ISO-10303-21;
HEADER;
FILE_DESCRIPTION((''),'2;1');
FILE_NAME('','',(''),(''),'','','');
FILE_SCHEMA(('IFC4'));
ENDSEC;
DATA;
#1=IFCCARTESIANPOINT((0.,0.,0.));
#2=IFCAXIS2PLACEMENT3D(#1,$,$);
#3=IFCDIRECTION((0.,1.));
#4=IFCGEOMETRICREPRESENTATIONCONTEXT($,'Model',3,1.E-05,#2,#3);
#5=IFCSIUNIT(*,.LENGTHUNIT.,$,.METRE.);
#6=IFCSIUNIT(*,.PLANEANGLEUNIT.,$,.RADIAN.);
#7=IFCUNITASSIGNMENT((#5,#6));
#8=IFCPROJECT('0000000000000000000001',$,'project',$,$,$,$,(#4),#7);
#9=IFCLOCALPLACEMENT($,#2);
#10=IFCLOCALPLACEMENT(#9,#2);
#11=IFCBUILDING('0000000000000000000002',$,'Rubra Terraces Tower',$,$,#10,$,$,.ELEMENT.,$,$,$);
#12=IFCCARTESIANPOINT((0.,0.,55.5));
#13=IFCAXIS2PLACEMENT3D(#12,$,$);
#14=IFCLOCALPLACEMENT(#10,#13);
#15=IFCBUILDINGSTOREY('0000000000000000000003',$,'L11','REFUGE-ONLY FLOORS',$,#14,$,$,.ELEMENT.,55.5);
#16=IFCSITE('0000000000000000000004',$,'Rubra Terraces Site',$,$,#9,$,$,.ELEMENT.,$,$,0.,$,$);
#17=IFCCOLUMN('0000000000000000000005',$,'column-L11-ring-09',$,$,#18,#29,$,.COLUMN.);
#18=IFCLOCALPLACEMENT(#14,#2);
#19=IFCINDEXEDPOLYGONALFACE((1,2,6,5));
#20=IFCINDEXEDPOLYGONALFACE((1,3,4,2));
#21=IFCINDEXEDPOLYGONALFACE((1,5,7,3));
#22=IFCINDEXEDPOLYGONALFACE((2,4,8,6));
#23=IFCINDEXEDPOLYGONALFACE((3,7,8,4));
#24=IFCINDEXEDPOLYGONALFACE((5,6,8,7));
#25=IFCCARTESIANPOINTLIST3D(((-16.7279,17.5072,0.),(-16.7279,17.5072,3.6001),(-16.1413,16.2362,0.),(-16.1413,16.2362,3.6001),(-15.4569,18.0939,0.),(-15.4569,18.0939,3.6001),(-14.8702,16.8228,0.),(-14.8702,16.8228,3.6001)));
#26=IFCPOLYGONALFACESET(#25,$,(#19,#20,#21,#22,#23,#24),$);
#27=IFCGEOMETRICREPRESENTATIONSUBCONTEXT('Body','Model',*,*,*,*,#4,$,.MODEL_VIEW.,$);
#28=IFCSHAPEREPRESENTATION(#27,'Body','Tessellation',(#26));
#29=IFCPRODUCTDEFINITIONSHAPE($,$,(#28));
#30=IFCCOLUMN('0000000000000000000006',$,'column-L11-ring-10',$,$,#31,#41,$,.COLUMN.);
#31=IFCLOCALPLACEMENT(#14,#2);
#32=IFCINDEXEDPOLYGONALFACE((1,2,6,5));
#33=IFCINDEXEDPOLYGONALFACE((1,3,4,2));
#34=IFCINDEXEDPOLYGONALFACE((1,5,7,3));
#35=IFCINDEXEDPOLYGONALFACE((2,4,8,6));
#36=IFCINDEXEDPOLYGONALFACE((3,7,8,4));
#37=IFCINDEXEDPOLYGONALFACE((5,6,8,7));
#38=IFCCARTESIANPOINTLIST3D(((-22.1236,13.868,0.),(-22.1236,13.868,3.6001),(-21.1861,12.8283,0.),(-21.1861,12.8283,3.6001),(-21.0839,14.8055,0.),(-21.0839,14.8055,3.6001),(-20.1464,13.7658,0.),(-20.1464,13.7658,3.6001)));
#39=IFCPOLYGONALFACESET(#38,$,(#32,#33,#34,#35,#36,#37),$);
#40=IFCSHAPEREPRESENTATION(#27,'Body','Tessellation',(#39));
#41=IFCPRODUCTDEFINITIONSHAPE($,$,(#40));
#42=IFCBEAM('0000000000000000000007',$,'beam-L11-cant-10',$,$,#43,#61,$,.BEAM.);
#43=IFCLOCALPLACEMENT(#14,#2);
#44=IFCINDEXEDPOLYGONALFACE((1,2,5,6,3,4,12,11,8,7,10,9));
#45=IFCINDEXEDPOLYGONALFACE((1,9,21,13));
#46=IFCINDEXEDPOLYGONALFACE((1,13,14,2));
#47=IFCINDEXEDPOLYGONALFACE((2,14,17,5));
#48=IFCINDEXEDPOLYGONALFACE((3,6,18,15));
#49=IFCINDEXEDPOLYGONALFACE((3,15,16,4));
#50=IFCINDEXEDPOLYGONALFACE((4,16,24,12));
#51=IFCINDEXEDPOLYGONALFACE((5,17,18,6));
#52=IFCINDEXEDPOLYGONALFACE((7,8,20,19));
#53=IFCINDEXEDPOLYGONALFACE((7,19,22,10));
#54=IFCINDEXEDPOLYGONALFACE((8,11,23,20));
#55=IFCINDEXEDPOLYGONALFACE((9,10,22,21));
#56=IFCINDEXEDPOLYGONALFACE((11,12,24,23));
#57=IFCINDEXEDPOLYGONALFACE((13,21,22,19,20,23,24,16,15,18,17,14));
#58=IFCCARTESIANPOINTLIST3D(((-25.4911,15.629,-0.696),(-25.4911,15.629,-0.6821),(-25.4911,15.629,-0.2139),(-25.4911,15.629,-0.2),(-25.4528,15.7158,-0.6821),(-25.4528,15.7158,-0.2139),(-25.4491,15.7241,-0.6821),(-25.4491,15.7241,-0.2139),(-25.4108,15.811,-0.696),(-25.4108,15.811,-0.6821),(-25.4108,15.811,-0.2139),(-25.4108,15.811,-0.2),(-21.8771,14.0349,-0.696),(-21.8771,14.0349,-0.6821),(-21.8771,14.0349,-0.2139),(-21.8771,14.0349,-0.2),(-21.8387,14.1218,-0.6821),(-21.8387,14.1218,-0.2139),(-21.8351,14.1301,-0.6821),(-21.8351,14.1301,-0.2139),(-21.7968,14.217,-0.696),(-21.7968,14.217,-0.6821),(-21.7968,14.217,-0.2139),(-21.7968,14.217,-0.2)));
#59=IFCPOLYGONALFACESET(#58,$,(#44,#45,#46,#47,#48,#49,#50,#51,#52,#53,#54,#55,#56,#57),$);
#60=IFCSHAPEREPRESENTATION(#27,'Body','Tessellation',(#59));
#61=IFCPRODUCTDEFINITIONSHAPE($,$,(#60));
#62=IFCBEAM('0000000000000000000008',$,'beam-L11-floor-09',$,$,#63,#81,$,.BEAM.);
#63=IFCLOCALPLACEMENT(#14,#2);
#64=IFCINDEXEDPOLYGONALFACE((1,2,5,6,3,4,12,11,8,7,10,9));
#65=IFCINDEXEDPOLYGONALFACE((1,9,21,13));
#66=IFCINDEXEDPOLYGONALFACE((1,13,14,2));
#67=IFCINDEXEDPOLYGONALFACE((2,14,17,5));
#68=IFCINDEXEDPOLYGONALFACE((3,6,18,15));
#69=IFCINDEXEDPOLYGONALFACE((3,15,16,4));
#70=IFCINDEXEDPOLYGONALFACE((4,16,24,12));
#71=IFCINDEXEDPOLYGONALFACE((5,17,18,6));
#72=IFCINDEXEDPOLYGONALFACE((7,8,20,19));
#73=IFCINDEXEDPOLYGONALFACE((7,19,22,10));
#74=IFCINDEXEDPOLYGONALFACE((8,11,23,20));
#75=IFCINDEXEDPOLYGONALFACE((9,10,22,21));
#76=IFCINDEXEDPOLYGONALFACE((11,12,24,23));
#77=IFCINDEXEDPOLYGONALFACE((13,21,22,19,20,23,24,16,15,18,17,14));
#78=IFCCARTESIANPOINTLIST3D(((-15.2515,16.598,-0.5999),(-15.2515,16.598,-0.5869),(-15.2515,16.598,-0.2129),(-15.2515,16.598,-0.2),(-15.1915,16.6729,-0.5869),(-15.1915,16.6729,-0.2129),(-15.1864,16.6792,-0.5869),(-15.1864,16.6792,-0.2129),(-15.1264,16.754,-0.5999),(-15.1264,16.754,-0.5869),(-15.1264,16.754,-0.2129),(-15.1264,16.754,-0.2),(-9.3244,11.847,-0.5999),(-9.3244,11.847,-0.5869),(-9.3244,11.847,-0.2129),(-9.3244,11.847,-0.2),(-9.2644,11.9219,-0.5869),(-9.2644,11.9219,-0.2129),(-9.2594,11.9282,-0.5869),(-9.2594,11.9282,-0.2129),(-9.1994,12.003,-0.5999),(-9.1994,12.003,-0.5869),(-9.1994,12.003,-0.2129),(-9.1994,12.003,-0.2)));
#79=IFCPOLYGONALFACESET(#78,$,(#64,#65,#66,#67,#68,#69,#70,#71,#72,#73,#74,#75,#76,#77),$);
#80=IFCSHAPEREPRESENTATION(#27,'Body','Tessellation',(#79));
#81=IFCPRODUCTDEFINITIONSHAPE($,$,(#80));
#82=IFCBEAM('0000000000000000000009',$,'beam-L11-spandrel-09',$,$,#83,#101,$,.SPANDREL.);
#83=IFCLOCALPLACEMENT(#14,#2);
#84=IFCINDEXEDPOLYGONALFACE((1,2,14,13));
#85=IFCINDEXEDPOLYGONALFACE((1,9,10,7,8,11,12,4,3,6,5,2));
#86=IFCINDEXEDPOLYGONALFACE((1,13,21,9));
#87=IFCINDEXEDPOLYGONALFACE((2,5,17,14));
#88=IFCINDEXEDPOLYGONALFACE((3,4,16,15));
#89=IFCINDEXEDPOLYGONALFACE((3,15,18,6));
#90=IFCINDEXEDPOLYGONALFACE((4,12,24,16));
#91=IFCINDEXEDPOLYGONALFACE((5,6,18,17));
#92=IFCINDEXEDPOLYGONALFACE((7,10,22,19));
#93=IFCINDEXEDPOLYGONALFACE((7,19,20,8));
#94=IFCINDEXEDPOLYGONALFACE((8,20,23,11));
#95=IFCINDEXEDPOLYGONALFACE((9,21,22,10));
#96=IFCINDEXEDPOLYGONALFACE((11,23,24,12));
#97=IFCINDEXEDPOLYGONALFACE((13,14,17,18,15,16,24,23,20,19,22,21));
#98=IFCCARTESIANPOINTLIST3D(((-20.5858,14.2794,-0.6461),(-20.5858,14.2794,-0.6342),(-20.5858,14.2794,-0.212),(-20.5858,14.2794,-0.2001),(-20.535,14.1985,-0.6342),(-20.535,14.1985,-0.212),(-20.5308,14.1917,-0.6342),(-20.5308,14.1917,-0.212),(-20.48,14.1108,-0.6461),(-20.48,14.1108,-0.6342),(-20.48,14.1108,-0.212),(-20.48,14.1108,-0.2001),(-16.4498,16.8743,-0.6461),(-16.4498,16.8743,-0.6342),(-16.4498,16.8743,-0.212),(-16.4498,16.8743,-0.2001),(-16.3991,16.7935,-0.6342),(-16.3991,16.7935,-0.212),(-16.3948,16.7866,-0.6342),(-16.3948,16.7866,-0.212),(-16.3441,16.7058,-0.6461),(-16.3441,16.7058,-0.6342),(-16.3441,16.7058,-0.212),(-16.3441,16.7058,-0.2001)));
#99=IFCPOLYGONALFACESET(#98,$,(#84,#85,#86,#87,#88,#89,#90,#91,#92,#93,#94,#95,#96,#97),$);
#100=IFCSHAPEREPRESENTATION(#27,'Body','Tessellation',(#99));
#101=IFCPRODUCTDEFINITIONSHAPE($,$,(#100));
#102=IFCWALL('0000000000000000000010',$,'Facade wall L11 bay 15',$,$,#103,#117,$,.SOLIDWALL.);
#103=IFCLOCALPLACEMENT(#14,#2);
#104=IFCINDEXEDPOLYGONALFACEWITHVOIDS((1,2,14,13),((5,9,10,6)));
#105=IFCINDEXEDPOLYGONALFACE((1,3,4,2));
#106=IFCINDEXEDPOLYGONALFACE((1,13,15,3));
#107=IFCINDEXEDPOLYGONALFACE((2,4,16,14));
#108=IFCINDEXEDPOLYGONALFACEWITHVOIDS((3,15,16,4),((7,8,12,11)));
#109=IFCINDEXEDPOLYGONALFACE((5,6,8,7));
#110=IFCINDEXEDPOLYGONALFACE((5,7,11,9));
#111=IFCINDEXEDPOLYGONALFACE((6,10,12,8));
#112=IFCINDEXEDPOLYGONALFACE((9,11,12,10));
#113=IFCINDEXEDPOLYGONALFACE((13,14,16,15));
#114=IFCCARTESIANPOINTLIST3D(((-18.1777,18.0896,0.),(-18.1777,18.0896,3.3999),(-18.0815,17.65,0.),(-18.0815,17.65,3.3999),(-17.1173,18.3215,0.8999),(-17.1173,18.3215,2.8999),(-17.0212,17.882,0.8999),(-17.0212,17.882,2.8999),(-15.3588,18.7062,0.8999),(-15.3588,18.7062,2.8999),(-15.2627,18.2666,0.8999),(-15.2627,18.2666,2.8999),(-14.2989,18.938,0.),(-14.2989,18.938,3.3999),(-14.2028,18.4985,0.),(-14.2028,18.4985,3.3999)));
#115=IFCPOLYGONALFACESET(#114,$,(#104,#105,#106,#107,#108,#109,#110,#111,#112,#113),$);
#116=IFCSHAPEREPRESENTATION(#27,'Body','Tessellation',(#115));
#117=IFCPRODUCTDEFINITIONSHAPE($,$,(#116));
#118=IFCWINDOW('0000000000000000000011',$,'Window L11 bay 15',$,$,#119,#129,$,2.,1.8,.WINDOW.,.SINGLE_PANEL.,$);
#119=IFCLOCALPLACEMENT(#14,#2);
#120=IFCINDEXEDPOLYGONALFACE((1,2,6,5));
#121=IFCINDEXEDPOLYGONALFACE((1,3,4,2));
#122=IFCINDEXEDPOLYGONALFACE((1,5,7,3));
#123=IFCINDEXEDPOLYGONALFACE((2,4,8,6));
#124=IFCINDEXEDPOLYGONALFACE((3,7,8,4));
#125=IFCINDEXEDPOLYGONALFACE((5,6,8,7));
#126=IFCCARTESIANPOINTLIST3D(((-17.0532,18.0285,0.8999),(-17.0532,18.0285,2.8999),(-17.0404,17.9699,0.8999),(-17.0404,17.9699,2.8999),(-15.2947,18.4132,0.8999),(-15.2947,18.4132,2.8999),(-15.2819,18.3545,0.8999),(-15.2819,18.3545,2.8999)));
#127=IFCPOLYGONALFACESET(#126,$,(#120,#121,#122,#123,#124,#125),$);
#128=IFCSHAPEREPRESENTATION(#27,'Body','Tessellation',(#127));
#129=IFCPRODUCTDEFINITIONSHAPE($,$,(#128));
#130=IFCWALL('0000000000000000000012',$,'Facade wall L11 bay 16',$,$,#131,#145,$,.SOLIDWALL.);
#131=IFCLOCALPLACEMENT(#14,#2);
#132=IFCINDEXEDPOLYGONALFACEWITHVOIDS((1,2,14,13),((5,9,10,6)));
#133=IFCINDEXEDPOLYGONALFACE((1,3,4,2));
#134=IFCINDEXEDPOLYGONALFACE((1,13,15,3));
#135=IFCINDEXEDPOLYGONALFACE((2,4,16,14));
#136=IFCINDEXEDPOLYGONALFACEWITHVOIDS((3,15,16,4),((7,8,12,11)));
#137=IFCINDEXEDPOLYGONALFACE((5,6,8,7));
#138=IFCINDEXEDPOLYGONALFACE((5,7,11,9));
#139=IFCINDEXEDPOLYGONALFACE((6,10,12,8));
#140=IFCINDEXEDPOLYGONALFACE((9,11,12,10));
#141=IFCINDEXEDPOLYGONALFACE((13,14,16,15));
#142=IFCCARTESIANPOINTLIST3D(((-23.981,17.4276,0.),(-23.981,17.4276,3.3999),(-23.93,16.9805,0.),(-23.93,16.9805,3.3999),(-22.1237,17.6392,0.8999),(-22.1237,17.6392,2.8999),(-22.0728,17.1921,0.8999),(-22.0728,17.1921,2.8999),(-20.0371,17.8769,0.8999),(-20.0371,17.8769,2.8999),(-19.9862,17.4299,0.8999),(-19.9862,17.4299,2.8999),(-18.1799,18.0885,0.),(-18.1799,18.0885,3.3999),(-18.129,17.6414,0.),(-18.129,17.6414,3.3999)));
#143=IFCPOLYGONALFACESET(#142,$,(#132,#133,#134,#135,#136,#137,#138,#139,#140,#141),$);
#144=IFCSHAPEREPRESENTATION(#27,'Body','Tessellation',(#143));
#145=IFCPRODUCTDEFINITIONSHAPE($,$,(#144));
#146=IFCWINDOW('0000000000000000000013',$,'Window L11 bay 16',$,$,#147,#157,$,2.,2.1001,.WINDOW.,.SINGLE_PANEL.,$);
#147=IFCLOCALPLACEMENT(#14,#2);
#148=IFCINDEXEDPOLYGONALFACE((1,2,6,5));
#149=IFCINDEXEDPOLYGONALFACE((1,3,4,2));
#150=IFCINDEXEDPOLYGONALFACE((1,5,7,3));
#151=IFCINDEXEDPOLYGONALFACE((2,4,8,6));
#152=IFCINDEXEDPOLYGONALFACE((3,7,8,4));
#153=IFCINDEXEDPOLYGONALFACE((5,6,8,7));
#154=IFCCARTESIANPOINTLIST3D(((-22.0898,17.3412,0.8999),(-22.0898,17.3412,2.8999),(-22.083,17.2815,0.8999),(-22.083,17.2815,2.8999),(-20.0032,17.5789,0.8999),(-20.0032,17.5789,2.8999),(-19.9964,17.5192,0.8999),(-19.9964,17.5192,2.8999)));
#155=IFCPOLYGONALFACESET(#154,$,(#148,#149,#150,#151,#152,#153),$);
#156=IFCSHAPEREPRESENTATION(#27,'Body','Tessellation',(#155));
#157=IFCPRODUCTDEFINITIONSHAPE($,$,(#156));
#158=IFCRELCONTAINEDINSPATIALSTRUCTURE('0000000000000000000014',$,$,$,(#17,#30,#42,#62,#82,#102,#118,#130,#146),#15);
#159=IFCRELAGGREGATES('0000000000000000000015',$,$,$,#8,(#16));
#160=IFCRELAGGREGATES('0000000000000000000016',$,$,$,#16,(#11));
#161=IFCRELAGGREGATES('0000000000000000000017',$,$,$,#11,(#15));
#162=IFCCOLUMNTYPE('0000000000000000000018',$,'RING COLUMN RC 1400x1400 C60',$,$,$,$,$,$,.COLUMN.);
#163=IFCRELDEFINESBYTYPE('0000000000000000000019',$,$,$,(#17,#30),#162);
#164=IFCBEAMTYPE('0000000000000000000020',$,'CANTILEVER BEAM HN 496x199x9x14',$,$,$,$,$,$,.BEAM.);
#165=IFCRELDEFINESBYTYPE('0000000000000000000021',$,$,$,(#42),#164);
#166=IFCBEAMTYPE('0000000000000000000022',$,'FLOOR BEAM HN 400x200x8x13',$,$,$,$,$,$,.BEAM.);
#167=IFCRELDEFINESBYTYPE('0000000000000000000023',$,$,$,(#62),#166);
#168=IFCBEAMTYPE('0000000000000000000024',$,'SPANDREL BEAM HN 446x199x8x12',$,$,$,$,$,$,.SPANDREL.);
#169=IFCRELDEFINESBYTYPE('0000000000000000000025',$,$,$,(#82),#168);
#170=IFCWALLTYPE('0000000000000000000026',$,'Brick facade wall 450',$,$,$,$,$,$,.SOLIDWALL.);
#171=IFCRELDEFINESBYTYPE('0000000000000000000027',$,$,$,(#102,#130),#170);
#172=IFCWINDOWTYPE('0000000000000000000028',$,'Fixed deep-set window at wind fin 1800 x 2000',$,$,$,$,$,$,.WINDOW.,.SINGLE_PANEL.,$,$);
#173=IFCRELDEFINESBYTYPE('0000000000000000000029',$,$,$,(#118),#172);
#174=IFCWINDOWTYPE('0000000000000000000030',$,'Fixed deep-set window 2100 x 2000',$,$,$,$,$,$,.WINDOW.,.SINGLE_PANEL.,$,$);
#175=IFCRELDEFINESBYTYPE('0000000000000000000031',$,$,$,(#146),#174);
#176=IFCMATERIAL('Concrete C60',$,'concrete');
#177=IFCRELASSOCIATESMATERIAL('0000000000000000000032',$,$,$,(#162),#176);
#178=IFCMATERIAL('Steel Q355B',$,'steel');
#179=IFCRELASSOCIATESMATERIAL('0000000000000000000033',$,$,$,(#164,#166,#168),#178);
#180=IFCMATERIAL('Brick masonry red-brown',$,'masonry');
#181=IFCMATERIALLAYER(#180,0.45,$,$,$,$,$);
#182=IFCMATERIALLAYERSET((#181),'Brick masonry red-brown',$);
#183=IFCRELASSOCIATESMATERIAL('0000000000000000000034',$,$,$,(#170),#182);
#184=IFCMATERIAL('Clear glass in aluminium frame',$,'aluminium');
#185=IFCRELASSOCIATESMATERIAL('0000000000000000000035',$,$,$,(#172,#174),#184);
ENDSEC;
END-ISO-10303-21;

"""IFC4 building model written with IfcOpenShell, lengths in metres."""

from ifc_helpers import new_model, si_unit, direction, frame, frame_2d, origin, origin_2d, place, context, subcontext, project, spatial, rectangle, i_section, extrude, material, layer, layer_set, material_profile, profile_set, type_object, element, fill, save


model = new_model("IFC4")

# Units and contexts
model_context = context("Model", 3, precision=1e-05, world=origin(), true_north=direction((0.0, 1.0)))
body_context = subcontext(model_context, "Body", "Model", "MODEL_VIEW")
ifc_project = project(units=[si_unit("LENGTHUNIT", "METRE"), si_unit("PLANEANGLEUNIT", "RADIAN")], contexts=[model_context])

# Site, building, storey
site_placement = place(None, origin())
site = spatial("IfcSite", under=ifc_project, at=site_placement, Name="Rubra Terraces Site", CompositionType="ELEMENT", RefElevation=0.0)
building_placement = place(site_placement, origin())
building = spatial("IfcBuilding", under=site, at=building_placement, Name="Rubra Terraces Tower", CompositionType="ELEMENT")
storey_placement = place(building_placement, frame((0.0, 0.0, 55.5)))
storey = spatial("IfcBuildingStorey", under=building, at=storey_placement, Name="L11", Description="REFUGE-ONLY FLOORS", CompositionType="ELEMENT", Elevation=55.5)

# Columns
ifc_material_1 = material(Name="Concrete C60", Category="concrete")
ifc_material_profile_1 = material_profile(ifc_material_1, rectangle(XDim=1.3999, YDim=1.3999, at=origin_2d()), Name="RC 1400x1400")
ifc_profile_set_1 = profile_set([ifc_material_profile_1], Name="Concrete C60")
column_type = type_object("IfcColumnType", Name="RING COLUMN RC 1400x1400 C60", PredefinedType="COLUMN", material=ifc_profile_set_1)
for number, where, z_axis, x_axis, name in (
    (1, (-15.7991, 17.165, 0.0), (0.0, 0.0, 1.0), (-0.907952, -0.419073, 0.0), "column-L11-ring-09"),
    (2, (-21.135, 13.8169, 0.0), (0.0, 0.0, 1.0), (-0.742676, -0.669651, 0.0), "column-L11-ring-10"),
):
    element("IfcColumn", number, at=place(storey_placement, frame(where, z_axis=z_axis, x_axis=x_axis)), inside=storey, type_object=column_type, Name=name, PredefinedType="COLUMN", context=body_context, shape_type="SweptSolid", body=[
        extrude(rectangle(XDim=1.3999, YDim=1.3999, at=origin_2d()), origin(), (0.0, 0.0, 1.0), 3.6001),
    ])

# Beams
ifc_material_2 = material(Name="Steel Q355B", Category="steel")
ifc_material_profile_2 = material_profile(ifc_material_2, i_section(OverallWidth=0.199, OverallDepth=0.4961, WebThickness=0.009, FlangeThickness=0.0139, at=origin_2d()), Name="HN 496x199x9x14")
ifc_profile_set_2 = profile_set([ifc_material_profile_2], Name="Steel Q355B")
beam_type_1 = type_object("IfcBeamType", Name="CANTILEVER BEAM HN 496x199x9x14", PredefinedType="BEAM", material=ifc_profile_set_2)
beam_1_placement = place(storey_placement, frame((-21.8369, 14.126, -0.448), z_axis=(-0.914957, 0.40355, 0.0), x_axis=(-0.40355, -0.914957, 0.0)))
element("IfcBeam", 3, at=beam_1_placement, inside=storey, type_object=beam_type_1, Name="beam-L11-cant-10", PredefinedType="BEAM", context=body_context, shape_type="SweptSolid", body=[
    extrude(i_section(OverallWidth=0.199, OverallDepth=0.4961, WebThickness=0.009, FlangeThickness=0.0139, at=origin_2d()), origin(), (0.0, 0.0, 1.0), 3.95),
])
ifc_material_profile_3 = material_profile(ifc_material_2, i_section(OverallWidth=0.2, OverallDepth=0.3999, WebThickness=0.0081, FlangeThickness=0.0129, at=origin_2d()), Name="HN 400x200x8x13")
ifc_profile_set_3 = profile_set([ifc_material_profile_3], Name="Steel Q355B")
beam_type_2 = type_object("IfcBeamType", Name="FLOOR BEAM HN 400x200x8x13", PredefinedType="BEAM", material=ifc_profile_set_3)
beam_2_placement = place(storey_placement, frame((-15.189, 16.676, -0.3999), z_axis=(0.780266, -0.625447, 0.0), x_axis=(0.625447, 0.780266, 0.0)))
element("IfcBeam", 4, at=beam_2_placement, inside=storey, type_object=beam_type_2, Name="beam-L11-floor-09", PredefinedType="BEAM", context=body_context, shape_type="SweptSolid", body=[
    extrude(i_section(OverallWidth=0.2, OverallDepth=0.3999, WebThickness=0.0081, FlangeThickness=0.0129, at=origin_2d()), origin(), (0.0, 0.0, 1.0), 7.5962),
])
ifc_material_profile_4 = material_profile(ifc_material_2, i_section(OverallWidth=0.199, OverallDepth=0.446, WebThickness=0.0081, FlangeThickness=0.012, at=origin_2d()), Name="HN 446x199x8x12")
ifc_profile_set_4 = profile_set([ifc_material_profile_4], Name="Steel Q355B")
beam_type_3 = type_object("IfcBeamType", Name="SPANDREL BEAM HN 446x199x8x12", PredefinedType="SPANDREL", material=ifc_profile_set_4)
beam_3_placement = place(storey_placement, frame((-16.397, 16.79, -0.4231), z_axis=(-0.847078, -0.531468, 0.0), x_axis=(0.531468, -0.847078, 0.0)))
element("IfcBeam", 5, at=beam_3_placement, inside=storey, type_object=beam_type_3, Name="beam-L11-spandrel-09", PredefinedType="SPANDREL", context=body_context, shape_type="SweptSolid", body=[
    extrude(i_section(OverallWidth=0.199, OverallDepth=0.446, WebThickness=0.0081, FlangeThickness=0.012, at=origin_2d()), origin(), (0.0, 0.0, 1.0), 4.8826),
])

# Walls, openings, windows
ifc_material_3 = material(Name="Brick masonry red-brown", Category="masonry")
ifc_layer_1 = layer(ifc_material_3, 0.45)
ifc_layer_set_1 = layer_set([ifc_layer_1], Name="Brick masonry red-brown")
wall_type_1 = type_object("IfcWallType", Name="Brick facade wall 450", PredefinedType="SOLIDWALL", material=ifc_layer_set_1)
wall_1_placement = place(storey_placement, frame((-14.2507, 18.7183, 0.0), z_axis=(0.0, 0.0, 1.0), x_axis=(-0.976904, -0.21368, 0.0)))
wall_1 = element("IfcWall", 6, at=wall_1_placement, inside=storey, type_object=wall_type_1, Name="Facade wall L11 bay 15", PredefinedType="SOLIDWALL", context=body_context, shape_type="SweptSolid", body=[
    extrude(rectangle(XDim=3.9705, YDim=0.45, at=frame_2d((1.9854, 0.0))), origin(), (0.0, 0.0, 1.0), 3.3999),
])
opening_1_placement = place(wall_1_placement, frame((1.0852, 0.0, 0.8999)))
opening_1 = element("IfcOpeningElement", 7, at=opening_1_placement, cuts=wall_1, PredefinedType="OPENING", context=body_context, shape_type="SweptSolid", body=[
    extrude(rectangle(XDim=1.8, YDim=2.0, at=frame_2d((0.8999, 1.0))), frame((0.0, 0.2349, 0.0), z_axis=(0.0, -1.0, 0.0), x_axis=(1.0, 0.0, 0.0)), (0.0, 0.0, 1.0), 0.47),
])
ifc_material_4 = material(Name="Clear glass in aluminium frame", Category="aluminium")
window_type_1 = type_object("IfcWindowType", Name="Fixed deep-set window at wind fin 1800 x 2000", PartitioningType="SINGLE_PANEL", PredefinedType="WINDOW", material=ifc_material_4)
window_1_placement = place(opening_1_placement, origin())
window_1 = element("IfcWindow", 8, at=window_1_placement, inside=storey, type_object=window_type_1, Name="Window L11 bay 15", OverallHeight=2.0, OverallWidth=1.8, PartitioningType="SINGLE_PANEL", PredefinedType="WINDOW", context=body_context, shape_type="SweptSolid", body=[
    extrude(rectangle(XDim=1.8, YDim=2.0, at=frame_2d((0.8999, 1.0))), frame((0.0, 0.135, 0.0), z_axis=(0.0, -1.0, 0.0), x_axis=(1.0, 0.0, 0.0)), (0.0, 0.0, 1.0), 0.0601),
])
fill(opening_1, window_1)
wall_2_placement = place(storey_placement, frame((-18.1543, 17.865, 0.0), z_axis=(0.0, 0.0, 1.0), x_axis=(-0.993573, -0.113194, 0.0)))
wall_2 = element("IfcWall", 9, at=wall_2_placement, inside=storey, type_object=wall_type_1, Name="Facade wall L11 bay 16", PredefinedType="SOLIDWALL", context=body_context, shape_type="SweptSolid", body=[
    extrude(rectangle(XDim=5.8386, YDim=0.45, at=frame_2d((2.9194, 0.0))), origin(), (0.0, 0.0, 1.0), 3.3999),
])
opening_2_placement = place(wall_2_placement, frame((1.8694, 0.0, 0.8999)))
opening_2 = element("IfcOpeningElement", 10, at=opening_2_placement, cuts=wall_2, PredefinedType="OPENING", context=body_context, shape_type="SweptSolid", body=[
    extrude(rectangle(XDim=2.1001, YDim=2.0, at=frame_2d((1.05, 1.0))), frame((0.0, 0.2349, 0.0), z_axis=(0.0, -1.0, 0.0), x_axis=(1.0, 0.0, 0.0)), (0.0, 0.0, 1.0), 0.47),
])
window_type_2 = type_object("IfcWindowType", Name="Fixed deep-set window 2100 x 2000", PartitioningType="SINGLE_PANEL", PredefinedType="WINDOW", material=ifc_material_4)
window_2_placement = place(opening_2_placement, origin())
window_2 = element("IfcWindow", 11, at=window_2_placement, inside=storey, type_object=window_type_2, Name="Window L11 bay 16", OverallHeight=2.0, OverallWidth=2.1001, PartitioningType="SINGLE_PANEL", PredefinedType="WINDOW", context=body_context, shape_type="SweptSolid", body=[
    extrude(rectangle(XDim=2.1001, YDim=2.0, at=frame_2d((1.05, 1.0))), frame((0.0, 0.135, 0.0), z_axis=(0.0, -1.0, 0.0), x_axis=(1.0, 0.0, 0.0)), (0.0, 0.0, 1.0), 0.0601),
])
fill(opening_2, window_2)

save(model, "model.ifc")
